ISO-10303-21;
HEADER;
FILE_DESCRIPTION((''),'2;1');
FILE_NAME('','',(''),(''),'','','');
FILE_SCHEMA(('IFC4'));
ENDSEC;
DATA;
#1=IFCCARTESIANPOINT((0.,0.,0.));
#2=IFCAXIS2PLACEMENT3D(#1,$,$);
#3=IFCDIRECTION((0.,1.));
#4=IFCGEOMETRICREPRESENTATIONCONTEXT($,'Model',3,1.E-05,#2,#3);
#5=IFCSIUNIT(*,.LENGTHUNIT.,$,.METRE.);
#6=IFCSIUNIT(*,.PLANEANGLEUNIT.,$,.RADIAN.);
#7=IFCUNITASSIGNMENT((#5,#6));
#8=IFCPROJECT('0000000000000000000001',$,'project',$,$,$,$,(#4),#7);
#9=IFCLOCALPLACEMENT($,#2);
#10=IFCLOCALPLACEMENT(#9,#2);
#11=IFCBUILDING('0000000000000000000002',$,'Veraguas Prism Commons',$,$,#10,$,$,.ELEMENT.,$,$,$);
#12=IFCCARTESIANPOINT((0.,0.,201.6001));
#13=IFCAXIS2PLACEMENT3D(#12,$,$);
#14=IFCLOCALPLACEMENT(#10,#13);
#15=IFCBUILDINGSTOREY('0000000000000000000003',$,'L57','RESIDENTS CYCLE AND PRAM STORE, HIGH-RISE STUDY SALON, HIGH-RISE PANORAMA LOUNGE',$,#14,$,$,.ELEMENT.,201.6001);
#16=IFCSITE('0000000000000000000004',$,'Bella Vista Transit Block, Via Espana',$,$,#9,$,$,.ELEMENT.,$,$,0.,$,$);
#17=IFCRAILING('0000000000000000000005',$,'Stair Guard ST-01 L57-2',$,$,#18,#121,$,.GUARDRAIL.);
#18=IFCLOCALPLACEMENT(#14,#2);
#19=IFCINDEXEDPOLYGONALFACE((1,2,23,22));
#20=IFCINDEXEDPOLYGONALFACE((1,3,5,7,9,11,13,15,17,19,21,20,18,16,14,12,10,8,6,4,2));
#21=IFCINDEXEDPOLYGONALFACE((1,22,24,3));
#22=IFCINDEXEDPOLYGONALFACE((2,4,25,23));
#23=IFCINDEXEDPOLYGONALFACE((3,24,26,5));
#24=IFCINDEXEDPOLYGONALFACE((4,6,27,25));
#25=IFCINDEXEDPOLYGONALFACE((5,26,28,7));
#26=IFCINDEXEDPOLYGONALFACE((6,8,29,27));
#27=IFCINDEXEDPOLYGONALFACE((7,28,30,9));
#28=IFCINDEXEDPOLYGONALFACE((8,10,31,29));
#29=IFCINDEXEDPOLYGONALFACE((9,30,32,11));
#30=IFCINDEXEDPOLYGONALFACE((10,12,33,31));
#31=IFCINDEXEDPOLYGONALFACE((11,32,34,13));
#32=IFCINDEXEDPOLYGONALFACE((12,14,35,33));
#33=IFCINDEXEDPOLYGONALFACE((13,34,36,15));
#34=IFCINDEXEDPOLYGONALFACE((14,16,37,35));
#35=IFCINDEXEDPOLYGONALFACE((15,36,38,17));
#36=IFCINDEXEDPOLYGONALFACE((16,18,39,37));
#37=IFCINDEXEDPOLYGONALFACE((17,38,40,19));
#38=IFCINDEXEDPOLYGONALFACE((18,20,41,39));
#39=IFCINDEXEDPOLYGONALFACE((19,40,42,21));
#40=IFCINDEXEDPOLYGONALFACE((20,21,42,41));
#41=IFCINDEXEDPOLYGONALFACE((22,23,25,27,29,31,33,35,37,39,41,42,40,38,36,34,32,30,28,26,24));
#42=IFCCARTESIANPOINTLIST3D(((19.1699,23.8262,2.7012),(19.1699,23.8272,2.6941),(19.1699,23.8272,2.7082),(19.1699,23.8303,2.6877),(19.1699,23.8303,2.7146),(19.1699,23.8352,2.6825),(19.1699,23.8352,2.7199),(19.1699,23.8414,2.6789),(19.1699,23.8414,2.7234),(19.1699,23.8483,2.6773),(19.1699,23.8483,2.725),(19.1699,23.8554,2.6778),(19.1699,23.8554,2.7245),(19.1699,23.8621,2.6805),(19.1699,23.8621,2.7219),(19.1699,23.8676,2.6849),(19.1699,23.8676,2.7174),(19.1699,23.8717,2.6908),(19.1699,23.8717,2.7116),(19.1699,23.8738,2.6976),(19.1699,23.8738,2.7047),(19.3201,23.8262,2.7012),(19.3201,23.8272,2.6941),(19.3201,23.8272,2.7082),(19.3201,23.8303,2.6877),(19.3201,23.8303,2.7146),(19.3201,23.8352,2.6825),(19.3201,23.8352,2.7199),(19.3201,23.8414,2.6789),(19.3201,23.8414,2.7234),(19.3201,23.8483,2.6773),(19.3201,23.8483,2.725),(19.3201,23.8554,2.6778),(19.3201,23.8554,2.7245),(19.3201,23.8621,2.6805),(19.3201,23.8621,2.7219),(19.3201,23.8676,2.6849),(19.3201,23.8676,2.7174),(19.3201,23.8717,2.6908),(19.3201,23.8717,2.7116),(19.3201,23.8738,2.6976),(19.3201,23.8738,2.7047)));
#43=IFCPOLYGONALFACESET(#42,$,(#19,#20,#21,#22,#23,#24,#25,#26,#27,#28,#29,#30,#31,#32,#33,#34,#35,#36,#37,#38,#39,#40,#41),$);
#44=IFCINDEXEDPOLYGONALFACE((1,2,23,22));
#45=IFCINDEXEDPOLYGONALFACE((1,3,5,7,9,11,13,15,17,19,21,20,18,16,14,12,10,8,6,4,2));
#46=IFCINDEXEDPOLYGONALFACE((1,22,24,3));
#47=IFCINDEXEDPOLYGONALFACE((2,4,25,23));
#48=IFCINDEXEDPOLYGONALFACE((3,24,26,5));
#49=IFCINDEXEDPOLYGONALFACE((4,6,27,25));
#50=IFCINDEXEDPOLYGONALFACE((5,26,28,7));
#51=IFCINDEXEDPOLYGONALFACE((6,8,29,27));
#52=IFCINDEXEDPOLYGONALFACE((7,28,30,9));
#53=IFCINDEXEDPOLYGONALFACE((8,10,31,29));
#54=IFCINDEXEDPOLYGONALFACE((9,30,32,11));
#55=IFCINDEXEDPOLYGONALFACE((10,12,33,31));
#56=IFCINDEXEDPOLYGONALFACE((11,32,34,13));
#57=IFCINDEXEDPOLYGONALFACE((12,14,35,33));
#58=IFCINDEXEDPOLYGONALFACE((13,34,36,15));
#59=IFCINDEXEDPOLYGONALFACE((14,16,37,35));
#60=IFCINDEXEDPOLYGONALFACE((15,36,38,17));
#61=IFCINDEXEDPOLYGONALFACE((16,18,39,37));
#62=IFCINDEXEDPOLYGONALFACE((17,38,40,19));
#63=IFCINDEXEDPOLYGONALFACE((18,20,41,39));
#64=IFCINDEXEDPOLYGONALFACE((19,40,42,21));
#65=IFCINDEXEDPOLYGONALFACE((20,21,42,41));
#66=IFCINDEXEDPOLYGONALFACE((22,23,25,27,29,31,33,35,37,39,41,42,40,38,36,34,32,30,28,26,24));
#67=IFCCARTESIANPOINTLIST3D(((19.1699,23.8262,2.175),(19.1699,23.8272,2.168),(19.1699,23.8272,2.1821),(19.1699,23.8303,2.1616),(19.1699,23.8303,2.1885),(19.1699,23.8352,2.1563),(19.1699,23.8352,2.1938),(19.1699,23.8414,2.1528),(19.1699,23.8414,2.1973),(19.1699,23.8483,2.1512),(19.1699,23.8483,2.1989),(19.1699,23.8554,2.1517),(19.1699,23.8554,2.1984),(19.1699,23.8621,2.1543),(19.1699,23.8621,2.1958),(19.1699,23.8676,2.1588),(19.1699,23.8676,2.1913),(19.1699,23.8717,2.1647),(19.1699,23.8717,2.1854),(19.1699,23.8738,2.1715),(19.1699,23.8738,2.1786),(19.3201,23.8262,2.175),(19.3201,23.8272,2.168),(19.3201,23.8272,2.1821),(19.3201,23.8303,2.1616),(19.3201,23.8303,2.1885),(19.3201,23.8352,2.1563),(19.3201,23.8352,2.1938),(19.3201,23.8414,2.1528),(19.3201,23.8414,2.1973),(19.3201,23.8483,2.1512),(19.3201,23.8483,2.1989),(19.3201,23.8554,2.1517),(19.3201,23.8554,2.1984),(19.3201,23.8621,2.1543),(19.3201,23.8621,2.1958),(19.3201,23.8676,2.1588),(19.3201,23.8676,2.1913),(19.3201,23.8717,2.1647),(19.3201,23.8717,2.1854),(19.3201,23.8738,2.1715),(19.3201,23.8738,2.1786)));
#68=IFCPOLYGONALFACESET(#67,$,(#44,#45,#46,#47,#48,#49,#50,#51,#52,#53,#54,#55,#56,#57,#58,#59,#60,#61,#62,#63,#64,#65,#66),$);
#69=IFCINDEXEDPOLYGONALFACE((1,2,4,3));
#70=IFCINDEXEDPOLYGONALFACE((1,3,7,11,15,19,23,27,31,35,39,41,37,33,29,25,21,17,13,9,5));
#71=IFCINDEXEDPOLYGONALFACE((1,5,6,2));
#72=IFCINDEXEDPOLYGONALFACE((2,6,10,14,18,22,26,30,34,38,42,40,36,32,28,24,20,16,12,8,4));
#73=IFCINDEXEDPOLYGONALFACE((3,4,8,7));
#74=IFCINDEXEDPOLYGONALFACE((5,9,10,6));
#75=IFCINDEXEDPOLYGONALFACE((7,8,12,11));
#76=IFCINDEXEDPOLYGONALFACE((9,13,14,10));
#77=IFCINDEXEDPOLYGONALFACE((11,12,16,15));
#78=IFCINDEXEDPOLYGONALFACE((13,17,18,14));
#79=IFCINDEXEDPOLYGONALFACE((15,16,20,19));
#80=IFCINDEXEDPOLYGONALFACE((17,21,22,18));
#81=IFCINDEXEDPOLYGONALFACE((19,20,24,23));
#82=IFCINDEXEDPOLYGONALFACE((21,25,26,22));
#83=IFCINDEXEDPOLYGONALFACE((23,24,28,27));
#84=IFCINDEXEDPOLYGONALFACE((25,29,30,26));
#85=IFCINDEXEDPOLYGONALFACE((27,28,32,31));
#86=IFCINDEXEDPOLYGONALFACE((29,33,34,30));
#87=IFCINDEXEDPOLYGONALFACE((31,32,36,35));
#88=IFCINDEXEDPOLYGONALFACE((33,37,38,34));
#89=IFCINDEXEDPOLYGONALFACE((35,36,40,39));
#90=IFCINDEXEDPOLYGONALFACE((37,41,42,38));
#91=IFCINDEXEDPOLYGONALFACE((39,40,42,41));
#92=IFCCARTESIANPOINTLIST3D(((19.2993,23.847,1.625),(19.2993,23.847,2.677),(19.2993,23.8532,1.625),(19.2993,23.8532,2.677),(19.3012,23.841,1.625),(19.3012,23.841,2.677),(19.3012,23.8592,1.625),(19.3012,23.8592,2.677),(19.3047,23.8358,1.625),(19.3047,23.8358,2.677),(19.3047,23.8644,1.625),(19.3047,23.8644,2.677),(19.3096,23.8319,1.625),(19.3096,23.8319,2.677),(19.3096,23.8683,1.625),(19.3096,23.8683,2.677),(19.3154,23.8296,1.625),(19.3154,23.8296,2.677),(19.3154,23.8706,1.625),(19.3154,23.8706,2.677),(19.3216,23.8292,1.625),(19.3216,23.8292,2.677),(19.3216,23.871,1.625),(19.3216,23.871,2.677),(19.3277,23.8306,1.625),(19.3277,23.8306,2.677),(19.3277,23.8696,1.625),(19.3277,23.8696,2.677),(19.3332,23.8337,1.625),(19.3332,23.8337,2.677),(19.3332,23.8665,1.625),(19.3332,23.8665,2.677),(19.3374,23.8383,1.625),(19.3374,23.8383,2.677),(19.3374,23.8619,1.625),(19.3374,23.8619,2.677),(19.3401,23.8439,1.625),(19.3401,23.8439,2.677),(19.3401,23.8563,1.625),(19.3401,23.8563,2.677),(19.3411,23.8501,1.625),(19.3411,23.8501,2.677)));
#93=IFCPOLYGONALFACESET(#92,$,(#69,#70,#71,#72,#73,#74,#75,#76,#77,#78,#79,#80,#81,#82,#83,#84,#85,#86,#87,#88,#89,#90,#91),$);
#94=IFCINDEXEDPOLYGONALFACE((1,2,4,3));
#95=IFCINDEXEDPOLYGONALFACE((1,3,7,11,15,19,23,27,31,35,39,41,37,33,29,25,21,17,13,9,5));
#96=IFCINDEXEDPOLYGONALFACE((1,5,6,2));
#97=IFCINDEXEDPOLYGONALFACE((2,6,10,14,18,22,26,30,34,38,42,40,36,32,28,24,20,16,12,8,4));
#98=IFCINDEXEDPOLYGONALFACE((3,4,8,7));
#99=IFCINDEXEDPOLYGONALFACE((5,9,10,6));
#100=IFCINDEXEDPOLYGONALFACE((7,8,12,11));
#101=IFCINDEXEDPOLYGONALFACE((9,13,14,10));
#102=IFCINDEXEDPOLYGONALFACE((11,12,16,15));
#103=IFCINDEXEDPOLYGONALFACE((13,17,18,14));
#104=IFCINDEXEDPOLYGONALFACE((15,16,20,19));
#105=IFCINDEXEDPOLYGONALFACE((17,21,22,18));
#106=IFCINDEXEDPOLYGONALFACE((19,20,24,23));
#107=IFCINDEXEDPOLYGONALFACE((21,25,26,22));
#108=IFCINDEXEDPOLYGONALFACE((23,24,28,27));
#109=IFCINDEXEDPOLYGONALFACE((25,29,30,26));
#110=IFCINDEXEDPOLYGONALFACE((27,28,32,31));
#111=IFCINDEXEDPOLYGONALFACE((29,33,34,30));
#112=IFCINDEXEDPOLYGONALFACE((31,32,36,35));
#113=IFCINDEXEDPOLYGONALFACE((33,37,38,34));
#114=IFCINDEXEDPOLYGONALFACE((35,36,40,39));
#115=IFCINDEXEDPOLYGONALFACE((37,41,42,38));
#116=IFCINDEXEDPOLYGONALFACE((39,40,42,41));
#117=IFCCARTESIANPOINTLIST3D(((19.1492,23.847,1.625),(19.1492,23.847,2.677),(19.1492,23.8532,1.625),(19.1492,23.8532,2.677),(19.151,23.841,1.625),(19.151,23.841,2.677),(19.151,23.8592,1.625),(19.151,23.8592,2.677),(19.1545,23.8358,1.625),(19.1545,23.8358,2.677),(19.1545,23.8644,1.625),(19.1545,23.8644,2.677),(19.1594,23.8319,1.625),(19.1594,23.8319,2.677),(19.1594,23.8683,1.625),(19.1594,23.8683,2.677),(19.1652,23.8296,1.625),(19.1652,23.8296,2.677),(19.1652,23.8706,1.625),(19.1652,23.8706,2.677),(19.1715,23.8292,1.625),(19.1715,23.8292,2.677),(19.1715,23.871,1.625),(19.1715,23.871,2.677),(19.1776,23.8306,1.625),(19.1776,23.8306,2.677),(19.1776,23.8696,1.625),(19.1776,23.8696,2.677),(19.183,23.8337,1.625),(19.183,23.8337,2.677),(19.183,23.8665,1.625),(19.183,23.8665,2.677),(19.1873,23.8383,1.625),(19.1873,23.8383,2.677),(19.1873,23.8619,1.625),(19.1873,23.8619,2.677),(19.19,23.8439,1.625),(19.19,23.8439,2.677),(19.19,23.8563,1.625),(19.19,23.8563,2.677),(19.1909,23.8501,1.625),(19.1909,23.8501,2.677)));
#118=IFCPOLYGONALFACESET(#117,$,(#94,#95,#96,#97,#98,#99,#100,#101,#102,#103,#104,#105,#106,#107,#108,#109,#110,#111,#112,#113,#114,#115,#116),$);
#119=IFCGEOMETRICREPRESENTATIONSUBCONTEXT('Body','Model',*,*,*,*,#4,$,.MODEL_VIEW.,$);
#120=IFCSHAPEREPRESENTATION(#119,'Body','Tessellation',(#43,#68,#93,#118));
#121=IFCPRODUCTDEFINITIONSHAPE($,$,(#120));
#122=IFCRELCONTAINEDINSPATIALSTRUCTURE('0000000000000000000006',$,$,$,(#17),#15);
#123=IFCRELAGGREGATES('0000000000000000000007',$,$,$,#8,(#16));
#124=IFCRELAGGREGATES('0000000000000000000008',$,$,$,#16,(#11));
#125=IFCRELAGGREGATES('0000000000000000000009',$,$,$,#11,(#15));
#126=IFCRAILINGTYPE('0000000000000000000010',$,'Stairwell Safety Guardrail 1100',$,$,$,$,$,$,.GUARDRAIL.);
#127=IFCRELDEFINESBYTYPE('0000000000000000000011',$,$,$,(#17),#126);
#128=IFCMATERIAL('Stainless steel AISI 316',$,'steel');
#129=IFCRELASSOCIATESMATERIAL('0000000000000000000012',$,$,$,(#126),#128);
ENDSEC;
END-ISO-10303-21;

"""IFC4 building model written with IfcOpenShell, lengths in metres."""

from ifc_helpers import new_model, si_unit, direction, frame, origin, origin_2d, place, context, subcontext, project, spatial, circle, extrude, material, type_object, element, save


model = new_model("IFC4")

# Units and contexts
model_context = context("Model", 3, precision=1e-05, world=origin(), true_north=direction((0.0, 1.0)))
body_context = subcontext(model_context, "Body", "Model", "MODEL_VIEW")
ifc_project = project(units=[si_unit("LENGTHUNIT", "METRE"), si_unit("PLANEANGLEUNIT", "RADIAN")], contexts=[model_context])

# Site, building, storey
site_placement = place(None, origin())
site = spatial("IfcSite", under=ifc_project, at=site_placement, Name="Bella Vista Transit Block, Via Espana", CompositionType="ELEMENT", RefElevation=0.0)
building_placement = place(site_placement, origin())
building = spatial("IfcBuilding", under=site, at=building_placement, Name="Veraguas Prism Commons", CompositionType="ELEMENT")
storey_placement = place(building_placement, frame((0.0, 0.0, 201.6001)))
storey = spatial("IfcBuildingStorey", under=building, at=storey_placement, Name="L57", Description="RESIDENTS CYCLE AND PRAM STORE, HIGH-RISE STUDY SALON, HIGH-RISE PANORAMA LOUNGE", CompositionType="ELEMENT", Elevation=201.6001)

# Railing
ifc_material_1 = material(Name="Stainless steel AISI 316", Category="steel")
railing_type_1 = type_object("IfcRailingType", Name="Stairwell Safety Guardrail 1100", PredefinedType="GUARDRAIL", material=ifc_material_1)
railing_1_placement = place(storey_placement, frame((19.3201, 23.8501, 1.625)))
element("IfcRailing", 1, at=railing_1_placement, inside=storey, type_object=railing_type_1, Name="Stair Guard ST-01 L57-2", PredefinedType="GUARDRAIL", context=body_context, shape_type="SweptSolid", body=[
    extrude(circle(Radius=0.0239, at=origin_2d()), frame((0.0, 0.0, 1.0762), z_axis=(-1.0, 0.0, 0.0), x_axis=(0.0, -1.0, 0.0)), (0.0, 0.0, 1.0), 0.1501),
    extrude(circle(Radius=0.0239, at=origin_2d()), frame((0.0, 0.0, 0.55), z_axis=(-1.0, 0.0, 0.0), x_axis=(0.0, -1.0, 0.0)), (0.0, 0.0, 1.0), 0.1501),
    extrude(circle(Radius=0.021, at=origin_2d()), origin(), (0.0, 0.0, 1.0), 1.052),
    extrude(circle(Radius=0.021, at=origin_2d()), frame((-0.1501, 0.0, 0.0)), (0.0, 0.0, 1.0), 1.052),
])

save(model, "model.ifc")
